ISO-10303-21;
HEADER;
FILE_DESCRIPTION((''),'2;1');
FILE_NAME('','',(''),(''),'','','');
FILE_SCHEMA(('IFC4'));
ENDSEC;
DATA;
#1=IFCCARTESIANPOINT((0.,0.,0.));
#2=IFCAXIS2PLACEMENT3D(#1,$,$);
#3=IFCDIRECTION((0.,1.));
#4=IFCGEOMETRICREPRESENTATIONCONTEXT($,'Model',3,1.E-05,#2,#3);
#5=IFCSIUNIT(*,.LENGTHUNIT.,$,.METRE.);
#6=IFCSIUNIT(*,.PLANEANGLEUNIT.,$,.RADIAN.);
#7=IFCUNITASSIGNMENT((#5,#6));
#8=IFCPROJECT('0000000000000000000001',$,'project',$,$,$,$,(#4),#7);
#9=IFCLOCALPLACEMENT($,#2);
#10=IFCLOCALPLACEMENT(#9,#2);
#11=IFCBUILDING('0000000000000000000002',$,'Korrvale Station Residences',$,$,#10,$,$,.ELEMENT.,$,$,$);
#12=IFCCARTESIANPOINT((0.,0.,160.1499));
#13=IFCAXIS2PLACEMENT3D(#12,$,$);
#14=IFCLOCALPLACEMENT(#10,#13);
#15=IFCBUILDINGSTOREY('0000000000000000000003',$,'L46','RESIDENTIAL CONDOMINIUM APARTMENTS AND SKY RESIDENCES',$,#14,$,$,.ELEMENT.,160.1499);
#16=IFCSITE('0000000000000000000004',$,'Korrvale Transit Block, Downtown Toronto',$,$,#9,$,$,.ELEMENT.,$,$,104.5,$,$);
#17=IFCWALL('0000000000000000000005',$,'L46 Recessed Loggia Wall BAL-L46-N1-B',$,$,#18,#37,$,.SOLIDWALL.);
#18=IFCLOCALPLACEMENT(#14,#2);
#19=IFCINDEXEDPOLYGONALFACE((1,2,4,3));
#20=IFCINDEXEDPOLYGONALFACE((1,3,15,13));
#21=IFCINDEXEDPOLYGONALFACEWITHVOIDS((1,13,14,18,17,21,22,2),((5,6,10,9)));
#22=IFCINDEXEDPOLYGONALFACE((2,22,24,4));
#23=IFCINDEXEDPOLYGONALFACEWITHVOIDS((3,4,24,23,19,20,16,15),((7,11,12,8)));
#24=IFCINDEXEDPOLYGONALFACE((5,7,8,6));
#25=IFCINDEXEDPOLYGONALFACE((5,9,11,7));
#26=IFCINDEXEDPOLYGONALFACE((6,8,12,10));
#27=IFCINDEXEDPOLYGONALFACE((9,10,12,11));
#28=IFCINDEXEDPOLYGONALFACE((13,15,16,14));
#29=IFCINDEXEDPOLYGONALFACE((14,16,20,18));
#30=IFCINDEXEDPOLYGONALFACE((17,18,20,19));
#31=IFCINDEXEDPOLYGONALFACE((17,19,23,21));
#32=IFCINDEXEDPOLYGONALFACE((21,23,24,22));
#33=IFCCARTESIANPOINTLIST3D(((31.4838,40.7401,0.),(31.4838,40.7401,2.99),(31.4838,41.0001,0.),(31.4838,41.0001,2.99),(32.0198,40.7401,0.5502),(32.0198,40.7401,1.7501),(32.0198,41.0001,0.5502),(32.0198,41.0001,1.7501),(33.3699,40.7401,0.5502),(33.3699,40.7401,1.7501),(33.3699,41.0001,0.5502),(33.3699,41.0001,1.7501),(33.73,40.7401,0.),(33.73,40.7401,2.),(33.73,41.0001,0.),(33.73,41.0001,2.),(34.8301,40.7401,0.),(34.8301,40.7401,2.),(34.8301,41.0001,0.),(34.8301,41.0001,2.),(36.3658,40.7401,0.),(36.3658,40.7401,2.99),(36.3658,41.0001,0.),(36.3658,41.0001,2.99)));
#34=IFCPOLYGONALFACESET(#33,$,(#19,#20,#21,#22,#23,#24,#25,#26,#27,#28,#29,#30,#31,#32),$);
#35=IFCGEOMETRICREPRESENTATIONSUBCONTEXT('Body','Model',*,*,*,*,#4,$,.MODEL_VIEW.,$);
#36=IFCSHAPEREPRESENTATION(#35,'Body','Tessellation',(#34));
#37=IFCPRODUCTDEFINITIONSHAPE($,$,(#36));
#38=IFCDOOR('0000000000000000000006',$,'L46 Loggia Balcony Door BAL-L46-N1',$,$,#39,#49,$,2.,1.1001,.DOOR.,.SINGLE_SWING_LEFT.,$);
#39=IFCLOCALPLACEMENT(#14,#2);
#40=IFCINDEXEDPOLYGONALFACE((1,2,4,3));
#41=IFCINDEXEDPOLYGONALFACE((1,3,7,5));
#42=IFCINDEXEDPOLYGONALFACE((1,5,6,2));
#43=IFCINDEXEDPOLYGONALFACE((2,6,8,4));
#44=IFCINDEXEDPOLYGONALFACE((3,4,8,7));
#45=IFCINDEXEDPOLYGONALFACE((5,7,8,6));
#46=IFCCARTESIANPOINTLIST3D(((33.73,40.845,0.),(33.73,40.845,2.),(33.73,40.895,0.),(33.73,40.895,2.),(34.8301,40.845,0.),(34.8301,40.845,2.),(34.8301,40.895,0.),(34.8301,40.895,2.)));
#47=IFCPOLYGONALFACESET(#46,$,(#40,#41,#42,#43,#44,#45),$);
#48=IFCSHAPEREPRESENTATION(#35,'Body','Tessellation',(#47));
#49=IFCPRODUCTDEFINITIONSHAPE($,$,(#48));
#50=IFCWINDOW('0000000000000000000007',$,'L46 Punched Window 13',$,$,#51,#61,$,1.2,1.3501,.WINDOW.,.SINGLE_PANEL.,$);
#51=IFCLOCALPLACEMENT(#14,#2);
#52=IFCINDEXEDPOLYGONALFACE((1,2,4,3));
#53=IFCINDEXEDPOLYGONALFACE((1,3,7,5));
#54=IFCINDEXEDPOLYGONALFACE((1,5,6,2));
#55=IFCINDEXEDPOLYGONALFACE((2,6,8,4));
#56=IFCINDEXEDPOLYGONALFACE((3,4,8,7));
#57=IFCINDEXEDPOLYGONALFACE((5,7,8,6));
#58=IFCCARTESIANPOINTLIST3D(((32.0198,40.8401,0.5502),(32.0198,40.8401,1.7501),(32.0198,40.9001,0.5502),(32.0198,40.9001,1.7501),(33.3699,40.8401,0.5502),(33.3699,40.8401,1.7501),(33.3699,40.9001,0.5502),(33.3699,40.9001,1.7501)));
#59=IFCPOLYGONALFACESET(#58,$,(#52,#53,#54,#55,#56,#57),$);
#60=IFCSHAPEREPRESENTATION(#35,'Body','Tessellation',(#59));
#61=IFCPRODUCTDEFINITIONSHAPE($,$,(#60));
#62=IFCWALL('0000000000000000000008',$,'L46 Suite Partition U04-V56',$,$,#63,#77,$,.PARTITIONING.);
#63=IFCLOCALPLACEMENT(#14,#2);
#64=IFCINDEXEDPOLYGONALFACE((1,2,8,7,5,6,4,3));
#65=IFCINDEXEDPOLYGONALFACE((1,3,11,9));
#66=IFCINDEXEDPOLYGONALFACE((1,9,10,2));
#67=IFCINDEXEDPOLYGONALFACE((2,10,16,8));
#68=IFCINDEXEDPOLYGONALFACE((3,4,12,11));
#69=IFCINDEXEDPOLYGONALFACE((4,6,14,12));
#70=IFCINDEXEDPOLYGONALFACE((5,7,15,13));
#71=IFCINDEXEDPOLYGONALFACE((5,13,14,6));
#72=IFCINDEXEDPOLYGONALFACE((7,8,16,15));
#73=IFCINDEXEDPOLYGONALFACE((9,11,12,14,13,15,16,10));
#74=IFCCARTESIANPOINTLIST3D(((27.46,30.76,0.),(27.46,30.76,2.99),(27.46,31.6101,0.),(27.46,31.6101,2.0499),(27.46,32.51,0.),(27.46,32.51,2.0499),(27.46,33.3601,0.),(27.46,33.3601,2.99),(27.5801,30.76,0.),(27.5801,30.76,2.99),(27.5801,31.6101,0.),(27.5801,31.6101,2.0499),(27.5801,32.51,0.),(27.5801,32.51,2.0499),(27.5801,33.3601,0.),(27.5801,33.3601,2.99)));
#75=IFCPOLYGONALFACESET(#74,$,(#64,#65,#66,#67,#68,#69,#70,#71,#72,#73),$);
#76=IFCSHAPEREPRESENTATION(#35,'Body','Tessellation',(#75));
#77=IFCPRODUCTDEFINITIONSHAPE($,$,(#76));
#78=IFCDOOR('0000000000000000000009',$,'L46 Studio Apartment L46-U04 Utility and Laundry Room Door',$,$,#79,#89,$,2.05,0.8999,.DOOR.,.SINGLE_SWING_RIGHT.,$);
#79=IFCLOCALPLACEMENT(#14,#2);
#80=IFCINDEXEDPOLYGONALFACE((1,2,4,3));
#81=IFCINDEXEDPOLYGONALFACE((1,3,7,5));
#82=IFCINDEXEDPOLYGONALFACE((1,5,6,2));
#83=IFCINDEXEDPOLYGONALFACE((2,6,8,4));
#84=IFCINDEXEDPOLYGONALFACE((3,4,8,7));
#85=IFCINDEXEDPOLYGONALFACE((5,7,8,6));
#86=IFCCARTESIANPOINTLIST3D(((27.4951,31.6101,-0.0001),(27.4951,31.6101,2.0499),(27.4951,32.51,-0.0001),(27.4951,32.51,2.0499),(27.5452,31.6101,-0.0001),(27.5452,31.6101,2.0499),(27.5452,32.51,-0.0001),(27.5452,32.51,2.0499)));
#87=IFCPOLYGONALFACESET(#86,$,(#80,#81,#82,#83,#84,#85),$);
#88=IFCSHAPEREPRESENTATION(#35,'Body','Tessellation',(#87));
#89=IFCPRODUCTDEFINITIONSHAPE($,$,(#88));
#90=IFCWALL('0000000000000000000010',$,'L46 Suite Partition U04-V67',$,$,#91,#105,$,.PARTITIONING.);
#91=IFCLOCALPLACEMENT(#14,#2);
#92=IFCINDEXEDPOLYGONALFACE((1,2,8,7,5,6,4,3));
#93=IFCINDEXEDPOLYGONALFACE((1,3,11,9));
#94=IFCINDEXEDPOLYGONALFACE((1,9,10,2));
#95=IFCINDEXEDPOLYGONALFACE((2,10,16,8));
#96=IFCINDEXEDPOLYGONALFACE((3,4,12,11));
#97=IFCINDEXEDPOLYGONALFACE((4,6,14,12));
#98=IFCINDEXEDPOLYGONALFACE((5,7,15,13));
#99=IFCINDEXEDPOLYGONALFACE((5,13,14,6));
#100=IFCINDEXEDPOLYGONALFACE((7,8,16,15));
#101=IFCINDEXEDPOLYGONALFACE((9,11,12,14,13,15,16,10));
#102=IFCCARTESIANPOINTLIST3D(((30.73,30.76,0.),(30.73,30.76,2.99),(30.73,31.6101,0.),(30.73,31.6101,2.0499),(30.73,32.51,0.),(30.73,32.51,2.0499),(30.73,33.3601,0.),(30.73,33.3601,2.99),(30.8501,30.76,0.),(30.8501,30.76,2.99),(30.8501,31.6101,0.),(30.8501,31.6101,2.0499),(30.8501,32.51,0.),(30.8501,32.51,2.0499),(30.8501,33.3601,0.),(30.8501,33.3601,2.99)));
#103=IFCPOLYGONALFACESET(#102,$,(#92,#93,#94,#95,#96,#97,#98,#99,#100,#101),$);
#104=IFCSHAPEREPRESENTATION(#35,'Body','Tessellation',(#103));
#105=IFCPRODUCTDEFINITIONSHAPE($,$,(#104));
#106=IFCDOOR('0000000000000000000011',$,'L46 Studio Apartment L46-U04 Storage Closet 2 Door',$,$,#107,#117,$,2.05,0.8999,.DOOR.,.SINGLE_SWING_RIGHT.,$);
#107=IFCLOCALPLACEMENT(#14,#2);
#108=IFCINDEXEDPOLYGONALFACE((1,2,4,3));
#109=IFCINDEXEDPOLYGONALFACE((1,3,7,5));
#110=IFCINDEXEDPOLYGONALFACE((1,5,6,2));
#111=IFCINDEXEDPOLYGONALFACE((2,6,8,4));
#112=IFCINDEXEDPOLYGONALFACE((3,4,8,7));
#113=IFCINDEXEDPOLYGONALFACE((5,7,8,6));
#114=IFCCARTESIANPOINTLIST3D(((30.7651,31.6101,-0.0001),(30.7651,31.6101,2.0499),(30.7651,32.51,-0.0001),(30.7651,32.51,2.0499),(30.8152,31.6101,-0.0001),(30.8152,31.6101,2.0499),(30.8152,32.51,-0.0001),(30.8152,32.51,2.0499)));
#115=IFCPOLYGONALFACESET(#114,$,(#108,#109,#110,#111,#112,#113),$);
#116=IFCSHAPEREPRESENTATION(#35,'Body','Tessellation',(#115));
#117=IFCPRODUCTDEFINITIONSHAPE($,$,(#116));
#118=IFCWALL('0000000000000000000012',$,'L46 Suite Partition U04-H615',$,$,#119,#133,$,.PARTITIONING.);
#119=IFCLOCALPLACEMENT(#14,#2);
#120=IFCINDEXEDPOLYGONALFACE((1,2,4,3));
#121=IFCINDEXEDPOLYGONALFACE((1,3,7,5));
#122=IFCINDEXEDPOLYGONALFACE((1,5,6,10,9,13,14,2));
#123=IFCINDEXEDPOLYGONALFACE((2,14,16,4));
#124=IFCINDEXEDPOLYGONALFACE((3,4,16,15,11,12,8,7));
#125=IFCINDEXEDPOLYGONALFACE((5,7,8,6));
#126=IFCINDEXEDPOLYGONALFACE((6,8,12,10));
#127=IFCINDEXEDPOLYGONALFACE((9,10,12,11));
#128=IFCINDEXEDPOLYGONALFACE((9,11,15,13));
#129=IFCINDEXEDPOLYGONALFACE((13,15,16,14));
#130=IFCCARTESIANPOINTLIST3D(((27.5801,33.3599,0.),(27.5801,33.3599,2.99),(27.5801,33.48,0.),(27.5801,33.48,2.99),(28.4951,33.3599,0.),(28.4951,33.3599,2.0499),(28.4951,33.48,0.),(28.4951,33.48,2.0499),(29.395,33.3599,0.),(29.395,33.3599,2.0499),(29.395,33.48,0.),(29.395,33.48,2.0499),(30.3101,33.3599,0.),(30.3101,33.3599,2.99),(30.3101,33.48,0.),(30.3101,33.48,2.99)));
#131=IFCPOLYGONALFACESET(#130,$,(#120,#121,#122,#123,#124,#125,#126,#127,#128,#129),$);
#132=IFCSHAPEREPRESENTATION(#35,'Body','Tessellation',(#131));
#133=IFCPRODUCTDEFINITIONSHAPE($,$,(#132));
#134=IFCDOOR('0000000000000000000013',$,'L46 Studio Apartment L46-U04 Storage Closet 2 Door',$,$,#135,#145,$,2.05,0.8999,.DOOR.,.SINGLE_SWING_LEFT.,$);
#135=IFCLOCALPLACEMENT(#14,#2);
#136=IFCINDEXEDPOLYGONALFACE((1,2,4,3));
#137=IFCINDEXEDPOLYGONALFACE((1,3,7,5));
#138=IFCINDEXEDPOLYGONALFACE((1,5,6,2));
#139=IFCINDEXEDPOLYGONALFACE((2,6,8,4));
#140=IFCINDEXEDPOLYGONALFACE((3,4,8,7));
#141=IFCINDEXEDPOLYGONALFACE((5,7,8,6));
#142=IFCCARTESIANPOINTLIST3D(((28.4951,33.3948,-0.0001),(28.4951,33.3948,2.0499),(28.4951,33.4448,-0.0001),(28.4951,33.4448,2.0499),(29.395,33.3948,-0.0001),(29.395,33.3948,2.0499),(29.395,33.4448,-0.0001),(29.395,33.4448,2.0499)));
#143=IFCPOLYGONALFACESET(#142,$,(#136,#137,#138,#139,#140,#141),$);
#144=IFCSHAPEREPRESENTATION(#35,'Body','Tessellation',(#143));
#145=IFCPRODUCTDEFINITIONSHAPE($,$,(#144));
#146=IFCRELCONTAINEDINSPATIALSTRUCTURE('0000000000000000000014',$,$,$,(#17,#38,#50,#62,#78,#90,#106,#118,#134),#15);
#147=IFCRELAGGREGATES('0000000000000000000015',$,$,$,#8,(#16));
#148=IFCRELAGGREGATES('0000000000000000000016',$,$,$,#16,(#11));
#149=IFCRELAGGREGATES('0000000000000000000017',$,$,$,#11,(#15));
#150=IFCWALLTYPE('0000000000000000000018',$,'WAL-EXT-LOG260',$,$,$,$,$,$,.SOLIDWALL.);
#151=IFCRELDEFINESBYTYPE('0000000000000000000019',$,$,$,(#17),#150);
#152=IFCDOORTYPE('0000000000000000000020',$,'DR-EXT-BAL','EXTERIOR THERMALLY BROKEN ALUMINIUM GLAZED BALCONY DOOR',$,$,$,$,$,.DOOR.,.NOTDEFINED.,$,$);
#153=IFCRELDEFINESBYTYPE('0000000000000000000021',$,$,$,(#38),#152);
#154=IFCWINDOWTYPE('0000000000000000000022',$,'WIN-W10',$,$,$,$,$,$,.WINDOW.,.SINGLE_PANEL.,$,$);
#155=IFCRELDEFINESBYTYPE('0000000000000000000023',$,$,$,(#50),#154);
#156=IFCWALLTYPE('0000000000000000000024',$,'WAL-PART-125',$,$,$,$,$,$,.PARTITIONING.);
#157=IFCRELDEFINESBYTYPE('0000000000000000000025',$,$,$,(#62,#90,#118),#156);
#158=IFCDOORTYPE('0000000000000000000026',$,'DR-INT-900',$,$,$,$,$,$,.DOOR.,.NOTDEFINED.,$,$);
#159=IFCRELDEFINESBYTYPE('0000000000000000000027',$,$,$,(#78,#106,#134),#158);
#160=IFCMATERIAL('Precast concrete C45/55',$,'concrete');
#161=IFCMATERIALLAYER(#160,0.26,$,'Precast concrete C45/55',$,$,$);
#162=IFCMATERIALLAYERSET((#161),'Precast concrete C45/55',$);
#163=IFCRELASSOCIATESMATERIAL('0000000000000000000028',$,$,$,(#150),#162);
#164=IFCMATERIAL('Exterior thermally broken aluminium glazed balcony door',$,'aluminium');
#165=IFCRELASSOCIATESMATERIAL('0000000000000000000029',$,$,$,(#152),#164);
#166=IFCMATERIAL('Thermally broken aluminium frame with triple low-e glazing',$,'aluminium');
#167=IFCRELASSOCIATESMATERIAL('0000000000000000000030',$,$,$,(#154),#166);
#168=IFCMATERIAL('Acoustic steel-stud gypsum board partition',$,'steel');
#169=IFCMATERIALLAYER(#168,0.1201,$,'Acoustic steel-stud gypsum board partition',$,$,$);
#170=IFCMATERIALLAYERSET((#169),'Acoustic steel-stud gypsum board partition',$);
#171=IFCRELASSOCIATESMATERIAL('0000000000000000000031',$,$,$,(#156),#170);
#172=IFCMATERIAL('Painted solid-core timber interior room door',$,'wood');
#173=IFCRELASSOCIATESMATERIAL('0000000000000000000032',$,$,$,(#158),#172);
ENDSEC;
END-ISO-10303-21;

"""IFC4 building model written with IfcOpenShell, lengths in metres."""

from ifc_helpers import new_model, si_unit, direction, frame, frame_2d, origin, place, context, subcontext, project, spatial, rectangle, extrude, material, layer, layer_set, type_object, element, fill, save


model = new_model("IFC4")

# Units and contexts
model_context = context("Model", 3, precision=1e-05, world=origin(), true_north=direction((0.0, 1.0)))
body_context = subcontext(model_context, "Body", "Model", "MODEL_VIEW")
ifc_project = project(units=[si_unit("LENGTHUNIT", "METRE"), si_unit("PLANEANGLEUNIT", "RADIAN")], contexts=[model_context])

# Site, building, storey
site_placement = place(None, origin())
site = spatial("IfcSite", under=ifc_project, at=site_placement, Name="Korrvale Transit Block, Downtown Toronto", CompositionType="ELEMENT", RefElevation=104.5)
building_placement = place(site_placement, origin())
building = spatial("IfcBuilding", under=site, at=building_placement, Name="Korrvale Station Residences", CompositionType="ELEMENT")
storey_placement = place(building_placement, frame((0.0, 0.0, 160.1499)))
storey = spatial("IfcBuildingStorey", under=building, at=storey_placement, Name="L46", Description="RESIDENTIAL CONDOMINIUM APARTMENTS AND SKY RESIDENCES", CompositionType="ELEMENT", Elevation=160.1499)

# Shared definitions
ifc_material_1 = material(Name="Precast concrete C45/55", Category="concrete")
ifc_layer_1 = layer(ifc_material_1, 0.26, Name="Precast concrete C45/55")
ifc_layer_set_1 = layer_set([ifc_layer_1], Name="Precast concrete C45/55")
wall_type_1 = type_object("IfcWallType", Name="WAL-EXT-LOG260", PredefinedType="SOLIDWALL", material=ifc_layer_set_1)

# Wall, openings, door, window
wall_1_placement = place(storey_placement, frame((31.4839, 40.8701, 0.0), z_axis=(0.0, 0.0, 1.0), x_axis=(1.0, 0.0, 0.0)))
wall_1 = element("IfcWall", 1, at=wall_1_placement, inside=storey, type_object=wall_type_1, Name="L46 Recessed Loggia Wall BAL-L46-N1-B", PredefinedType="SOLIDWALL", context=body_context, shape_type="SweptSolid", body=[
    extrude(rectangle(XDim=4.8821, YDim=0.26, at=frame_2d((2.4409, 0.0))), origin(), (0.0, 0.0, 1.0), 2.99),
])
opening_1_placement = place(wall_1_placement, frame((2.2461, 0.0, 0.0)))
opening_1 = element("IfcOpeningElement", 2, at=opening_1_placement, cuts=wall_1, PredefinedType="OPENING", context=body_context, shape_type="SweptSolid", body=[
    extrude(rectangle(XDim=1.1001, YDim=2.0, at=frame_2d((0.55, 1.0))), frame((0.0, 0.1401, 0.0), z_axis=(0.0, -1.0, 0.0), x_axis=(1.0, 0.0, 0.0)), (0.0, 0.0, 1.0), 0.28),
])
opening_2_placement = place(wall_1_placement, frame((0.5359, 0.0, 0.55)))
opening_2 = element("IfcOpeningElement", 3, at=opening_2_placement, cuts=wall_1, PredefinedType="OPENING", context=body_context, shape_type="SweptSolid", body=[
    extrude(rectangle(XDim=1.3501, YDim=1.2, at=frame_2d((0.675, 0.6001))), frame((0.0, 0.1401, 0.0), z_axis=(0.0, -1.0, 0.0), x_axis=(1.0, 0.0, 0.0)), (0.0, 0.0, 1.0), 0.28),
])
ifc_material_2 = material(Name="Exterior thermally broken aluminium glazed balcony door", Category="aluminium")
door_type_1 = type_object("IfcDoorType", Name="DR-EXT-BAL", Description="EXTERIOR THERMALLY BROKEN ALUMINIUM GLAZED BALCONY DOOR", OperationType="NOTDEFINED", PredefinedType="DOOR", material=ifc_material_2)
door_1_placement = place(opening_1_placement, origin())
door_1 = element("IfcDoor", 4, at=door_1_placement, inside=storey, type_object=door_type_1, Name="L46 Loggia Balcony Door BAL-L46-N1", OperationType="SINGLE_SWING_LEFT", OverallHeight=2.0, OverallWidth=1.1001, PredefinedType="DOOR", context=body_context, shape_type="SweptSolid", body=[
    extrude(rectangle(XDim=1.1001, YDim=2.0, at=frame_2d((0.55, 1.0))), frame((0.0, 0.0249, 0.0), z_axis=(0.0, -1.0, 0.0), x_axis=(1.0, 0.0, 0.0)), (0.0, 0.0, 1.0), 0.05),
])
fill(opening_1, door_1)
ifc_material_3 = material(Name="Thermally broken aluminium frame with triple low-e glazing", Category="aluminium")
window_type = type_object("IfcWindowType", Name="WIN-W10", PartitioningType="SINGLE_PANEL", PredefinedType="WINDOW", material=ifc_material_3)
window_placement = place(opening_2_placement, origin())
window = element("IfcWindow", 5, at=window_placement, inside=storey, type_object=window_type, Name="L46 Punched Window 13", OverallHeight=1.2, OverallWidth=1.3501, PartitioningType="SINGLE_PANEL", PredefinedType="WINDOW", context=body_context, shape_type="SweptSolid", body=[
    extrude(rectangle(XDim=1.3501, YDim=1.2, at=frame_2d((0.675, 0.6001))), frame((0.0, 0.03, 0.0), z_axis=(0.0, -1.0, 0.0), x_axis=(1.0, 0.0, 0.0)), (0.0, 0.0, 1.0), 0.0601),
])
fill(opening_2, window)

# Walls, openings, doors
ifc_material_4 = material(Name="Acoustic steel-stud gypsum board partition", Category="steel")
ifc_layer_2 = layer(ifc_material_4, 0.1201, Name="Acoustic steel-stud gypsum board partition")
ifc_layer_set_2 = layer_set([ifc_layer_2], Name="Acoustic steel-stud gypsum board partition")
wall_type_2 = type_object("IfcWallType", Name="WAL-PART-125", PredefinedType="PARTITIONING", material=ifc_layer_set_2)
wall_2_placement = place(storey_placement, frame((27.52, 30.76, 0.0), z_axis=(0.0, 0.0, 1.0), x_axis=(0.0, 1.0, 0.0)))
wall_2 = element("IfcWall", 6, at=wall_2_placement, inside=storey, type_object=wall_type_2, Name="L46 Suite Partition U04-V56", PredefinedType="PARTITIONING", context=body_context, shape_type="SweptSolid", body=[
    extrude(rectangle(XDim=2.6001, YDim=0.1201, at=frame_2d((1.3, 0.0))), origin(), (0.0, 0.0, 1.0), 2.99),
])
opening_3_placement = place(wall_2_placement, frame((0.8501, 0.0, 0.0)))
opening_3 = element("IfcOpeningElement", 7, at=opening_3_placement, cuts=wall_2, PredefinedType="OPENING", context=body_context, shape_type="SweptSolid", body=[
    extrude(rectangle(XDim=0.8999, YDim=2.05, at=frame_2d((0.45, 1.0249))), frame((0.0, 0.0701, 0.0), z_axis=(0.0, -1.0, 0.0), x_axis=(1.0, 0.0, 0.0)), (0.0, 0.0, 1.0), 0.1401),
])
ifc_material_5 = material(Name="Painted solid-core timber interior room door", Category="wood")
door_type_2 = type_object("IfcDoorType", Name="DR-INT-900", OperationType="NOTDEFINED", PredefinedType="DOOR", material=ifc_material_5)
door_2_placement = place(opening_3_placement, origin())
door_2 = element("IfcDoor", 8, at=door_2_placement, inside=storey, type_object=door_type_2, Name="L46 Studio Apartment L46-U04 Utility and Laundry Room Door", OperationType="SINGLE_SWING_RIGHT", OverallHeight=2.05, OverallWidth=0.8999, PredefinedType="DOOR", context=body_context, shape_type="SweptSolid", body=[
    extrude(rectangle(XDim=0.8999, YDim=2.05, at=frame_2d((0.45, 1.0249))), frame((0.0, 0.0249, 0.0), z_axis=(0.0, -1.0, 0.0), x_axis=(1.0, 0.0, 0.0)), (0.0, 0.0, 1.0), 0.05),
])
fill(opening_3, door_2)
wall_3_placement = place(storey_placement, frame((30.79, 30.76, 0.0), z_axis=(0.0, 0.0, 1.0), x_axis=(0.0, 1.0, 0.0)))
wall_3 = element("IfcWall", 9, at=wall_3_placement, inside=storey, type_object=wall_type_2, Name="L46 Suite Partition U04-V67", PredefinedType="PARTITIONING", context=body_context, shape_type="SweptSolid", body=[
    extrude(rectangle(XDim=2.6001, YDim=0.1201, at=frame_2d((1.3, 0.0))), origin(), (0.0, 0.0, 1.0), 2.99),
])
opening_4_placement = place(wall_3_placement, frame((0.8501, 0.0, 0.0)))
opening_4 = element("IfcOpeningElement", 10, at=opening_4_placement, cuts=wall_3, PredefinedType="OPENING", context=body_context, shape_type="SweptSolid", body=[
    extrude(rectangle(XDim=0.8999, YDim=2.05, at=frame_2d((0.45, 1.0249))), frame((0.0, 0.0701, 0.0), z_axis=(0.0, -1.0, 0.0), x_axis=(1.0, 0.0, 0.0)), (0.0, 0.0, 1.0), 0.1401),
])
door_3_placement = place(opening_4_placement, origin())
door_3 = element("IfcDoor", 11, at=door_3_placement, inside=storey, type_object=door_type_2, Name="L46 Studio Apartment L46-U04 Storage Closet 2 Door", OperationType="SINGLE_SWING_RIGHT", OverallHeight=2.05, OverallWidth=0.8999, PredefinedType="DOOR", context=body_context, shape_type="SweptSolid", body=[
    extrude(rectangle(XDim=0.8999, YDim=2.05, at=frame_2d((0.45, 1.0249))), frame((0.0, 0.0249, 0.0), z_axis=(0.0, -1.0, 0.0), x_axis=(1.0, 0.0, 0.0)), (0.0, 0.0, 1.0), 0.05),
])
fill(opening_4, door_3)
wall_4_placement = place(storey_placement, frame((27.5801, 33.4199, 0.0), z_axis=(0.0, 0.0, 1.0), x_axis=(1.0, 0.0, 0.0)))
wall_4 = element("IfcWall", 12, at=wall_4_placement, inside=storey, type_object=wall_type_2, Name="L46 Suite Partition U04-H615", PredefinedType="PARTITIONING", context=body_context, shape_type="SweptSolid", body=[
    extrude(rectangle(XDim=2.73, YDim=0.1201, at=frame_2d((1.365, 0.0))), origin(), (0.0, 0.0, 1.0), 2.99),
])
opening_5_placement = place(wall_4_placement, frame((0.915, 0.0, 0.0)))
opening_5 = element("IfcOpeningElement", 13, at=opening_5_placement, cuts=wall_4, PredefinedType="OPENING", context=body_context, shape_type="SweptSolid", body=[
    extrude(rectangle(XDim=0.8999, YDim=2.05, at=frame_2d((0.45, 1.0249))), frame((0.0, 0.0701, 0.0), z_axis=(0.0, -1.0, 0.0), x_axis=(1.0, 0.0, 0.0)), (0.0, 0.0, 1.0), 0.1401),
])
door_4_placement = place(opening_5_placement, origin())
door_4 = element("IfcDoor", 14, at=door_4_placement, inside=storey, type_object=door_type_2, Name="L46 Studio Apartment L46-U04 Storage Closet 2 Door", OperationType="SINGLE_SWING_LEFT", OverallHeight=2.05, OverallWidth=0.8999, PredefinedType="DOOR", context=body_context, shape_type="SweptSolid", body=[
    extrude(rectangle(XDim=0.8999, YDim=2.05, at=frame_2d((0.45, 1.0249))), frame((0.0, 0.0249, 0.0), z_axis=(0.0, -1.0, 0.0), x_axis=(1.0, 0.0, 0.0)), (0.0, 0.0, 1.0), 0.05),
])
fill(opening_5, door_4)

save(model, "model.ifc")
